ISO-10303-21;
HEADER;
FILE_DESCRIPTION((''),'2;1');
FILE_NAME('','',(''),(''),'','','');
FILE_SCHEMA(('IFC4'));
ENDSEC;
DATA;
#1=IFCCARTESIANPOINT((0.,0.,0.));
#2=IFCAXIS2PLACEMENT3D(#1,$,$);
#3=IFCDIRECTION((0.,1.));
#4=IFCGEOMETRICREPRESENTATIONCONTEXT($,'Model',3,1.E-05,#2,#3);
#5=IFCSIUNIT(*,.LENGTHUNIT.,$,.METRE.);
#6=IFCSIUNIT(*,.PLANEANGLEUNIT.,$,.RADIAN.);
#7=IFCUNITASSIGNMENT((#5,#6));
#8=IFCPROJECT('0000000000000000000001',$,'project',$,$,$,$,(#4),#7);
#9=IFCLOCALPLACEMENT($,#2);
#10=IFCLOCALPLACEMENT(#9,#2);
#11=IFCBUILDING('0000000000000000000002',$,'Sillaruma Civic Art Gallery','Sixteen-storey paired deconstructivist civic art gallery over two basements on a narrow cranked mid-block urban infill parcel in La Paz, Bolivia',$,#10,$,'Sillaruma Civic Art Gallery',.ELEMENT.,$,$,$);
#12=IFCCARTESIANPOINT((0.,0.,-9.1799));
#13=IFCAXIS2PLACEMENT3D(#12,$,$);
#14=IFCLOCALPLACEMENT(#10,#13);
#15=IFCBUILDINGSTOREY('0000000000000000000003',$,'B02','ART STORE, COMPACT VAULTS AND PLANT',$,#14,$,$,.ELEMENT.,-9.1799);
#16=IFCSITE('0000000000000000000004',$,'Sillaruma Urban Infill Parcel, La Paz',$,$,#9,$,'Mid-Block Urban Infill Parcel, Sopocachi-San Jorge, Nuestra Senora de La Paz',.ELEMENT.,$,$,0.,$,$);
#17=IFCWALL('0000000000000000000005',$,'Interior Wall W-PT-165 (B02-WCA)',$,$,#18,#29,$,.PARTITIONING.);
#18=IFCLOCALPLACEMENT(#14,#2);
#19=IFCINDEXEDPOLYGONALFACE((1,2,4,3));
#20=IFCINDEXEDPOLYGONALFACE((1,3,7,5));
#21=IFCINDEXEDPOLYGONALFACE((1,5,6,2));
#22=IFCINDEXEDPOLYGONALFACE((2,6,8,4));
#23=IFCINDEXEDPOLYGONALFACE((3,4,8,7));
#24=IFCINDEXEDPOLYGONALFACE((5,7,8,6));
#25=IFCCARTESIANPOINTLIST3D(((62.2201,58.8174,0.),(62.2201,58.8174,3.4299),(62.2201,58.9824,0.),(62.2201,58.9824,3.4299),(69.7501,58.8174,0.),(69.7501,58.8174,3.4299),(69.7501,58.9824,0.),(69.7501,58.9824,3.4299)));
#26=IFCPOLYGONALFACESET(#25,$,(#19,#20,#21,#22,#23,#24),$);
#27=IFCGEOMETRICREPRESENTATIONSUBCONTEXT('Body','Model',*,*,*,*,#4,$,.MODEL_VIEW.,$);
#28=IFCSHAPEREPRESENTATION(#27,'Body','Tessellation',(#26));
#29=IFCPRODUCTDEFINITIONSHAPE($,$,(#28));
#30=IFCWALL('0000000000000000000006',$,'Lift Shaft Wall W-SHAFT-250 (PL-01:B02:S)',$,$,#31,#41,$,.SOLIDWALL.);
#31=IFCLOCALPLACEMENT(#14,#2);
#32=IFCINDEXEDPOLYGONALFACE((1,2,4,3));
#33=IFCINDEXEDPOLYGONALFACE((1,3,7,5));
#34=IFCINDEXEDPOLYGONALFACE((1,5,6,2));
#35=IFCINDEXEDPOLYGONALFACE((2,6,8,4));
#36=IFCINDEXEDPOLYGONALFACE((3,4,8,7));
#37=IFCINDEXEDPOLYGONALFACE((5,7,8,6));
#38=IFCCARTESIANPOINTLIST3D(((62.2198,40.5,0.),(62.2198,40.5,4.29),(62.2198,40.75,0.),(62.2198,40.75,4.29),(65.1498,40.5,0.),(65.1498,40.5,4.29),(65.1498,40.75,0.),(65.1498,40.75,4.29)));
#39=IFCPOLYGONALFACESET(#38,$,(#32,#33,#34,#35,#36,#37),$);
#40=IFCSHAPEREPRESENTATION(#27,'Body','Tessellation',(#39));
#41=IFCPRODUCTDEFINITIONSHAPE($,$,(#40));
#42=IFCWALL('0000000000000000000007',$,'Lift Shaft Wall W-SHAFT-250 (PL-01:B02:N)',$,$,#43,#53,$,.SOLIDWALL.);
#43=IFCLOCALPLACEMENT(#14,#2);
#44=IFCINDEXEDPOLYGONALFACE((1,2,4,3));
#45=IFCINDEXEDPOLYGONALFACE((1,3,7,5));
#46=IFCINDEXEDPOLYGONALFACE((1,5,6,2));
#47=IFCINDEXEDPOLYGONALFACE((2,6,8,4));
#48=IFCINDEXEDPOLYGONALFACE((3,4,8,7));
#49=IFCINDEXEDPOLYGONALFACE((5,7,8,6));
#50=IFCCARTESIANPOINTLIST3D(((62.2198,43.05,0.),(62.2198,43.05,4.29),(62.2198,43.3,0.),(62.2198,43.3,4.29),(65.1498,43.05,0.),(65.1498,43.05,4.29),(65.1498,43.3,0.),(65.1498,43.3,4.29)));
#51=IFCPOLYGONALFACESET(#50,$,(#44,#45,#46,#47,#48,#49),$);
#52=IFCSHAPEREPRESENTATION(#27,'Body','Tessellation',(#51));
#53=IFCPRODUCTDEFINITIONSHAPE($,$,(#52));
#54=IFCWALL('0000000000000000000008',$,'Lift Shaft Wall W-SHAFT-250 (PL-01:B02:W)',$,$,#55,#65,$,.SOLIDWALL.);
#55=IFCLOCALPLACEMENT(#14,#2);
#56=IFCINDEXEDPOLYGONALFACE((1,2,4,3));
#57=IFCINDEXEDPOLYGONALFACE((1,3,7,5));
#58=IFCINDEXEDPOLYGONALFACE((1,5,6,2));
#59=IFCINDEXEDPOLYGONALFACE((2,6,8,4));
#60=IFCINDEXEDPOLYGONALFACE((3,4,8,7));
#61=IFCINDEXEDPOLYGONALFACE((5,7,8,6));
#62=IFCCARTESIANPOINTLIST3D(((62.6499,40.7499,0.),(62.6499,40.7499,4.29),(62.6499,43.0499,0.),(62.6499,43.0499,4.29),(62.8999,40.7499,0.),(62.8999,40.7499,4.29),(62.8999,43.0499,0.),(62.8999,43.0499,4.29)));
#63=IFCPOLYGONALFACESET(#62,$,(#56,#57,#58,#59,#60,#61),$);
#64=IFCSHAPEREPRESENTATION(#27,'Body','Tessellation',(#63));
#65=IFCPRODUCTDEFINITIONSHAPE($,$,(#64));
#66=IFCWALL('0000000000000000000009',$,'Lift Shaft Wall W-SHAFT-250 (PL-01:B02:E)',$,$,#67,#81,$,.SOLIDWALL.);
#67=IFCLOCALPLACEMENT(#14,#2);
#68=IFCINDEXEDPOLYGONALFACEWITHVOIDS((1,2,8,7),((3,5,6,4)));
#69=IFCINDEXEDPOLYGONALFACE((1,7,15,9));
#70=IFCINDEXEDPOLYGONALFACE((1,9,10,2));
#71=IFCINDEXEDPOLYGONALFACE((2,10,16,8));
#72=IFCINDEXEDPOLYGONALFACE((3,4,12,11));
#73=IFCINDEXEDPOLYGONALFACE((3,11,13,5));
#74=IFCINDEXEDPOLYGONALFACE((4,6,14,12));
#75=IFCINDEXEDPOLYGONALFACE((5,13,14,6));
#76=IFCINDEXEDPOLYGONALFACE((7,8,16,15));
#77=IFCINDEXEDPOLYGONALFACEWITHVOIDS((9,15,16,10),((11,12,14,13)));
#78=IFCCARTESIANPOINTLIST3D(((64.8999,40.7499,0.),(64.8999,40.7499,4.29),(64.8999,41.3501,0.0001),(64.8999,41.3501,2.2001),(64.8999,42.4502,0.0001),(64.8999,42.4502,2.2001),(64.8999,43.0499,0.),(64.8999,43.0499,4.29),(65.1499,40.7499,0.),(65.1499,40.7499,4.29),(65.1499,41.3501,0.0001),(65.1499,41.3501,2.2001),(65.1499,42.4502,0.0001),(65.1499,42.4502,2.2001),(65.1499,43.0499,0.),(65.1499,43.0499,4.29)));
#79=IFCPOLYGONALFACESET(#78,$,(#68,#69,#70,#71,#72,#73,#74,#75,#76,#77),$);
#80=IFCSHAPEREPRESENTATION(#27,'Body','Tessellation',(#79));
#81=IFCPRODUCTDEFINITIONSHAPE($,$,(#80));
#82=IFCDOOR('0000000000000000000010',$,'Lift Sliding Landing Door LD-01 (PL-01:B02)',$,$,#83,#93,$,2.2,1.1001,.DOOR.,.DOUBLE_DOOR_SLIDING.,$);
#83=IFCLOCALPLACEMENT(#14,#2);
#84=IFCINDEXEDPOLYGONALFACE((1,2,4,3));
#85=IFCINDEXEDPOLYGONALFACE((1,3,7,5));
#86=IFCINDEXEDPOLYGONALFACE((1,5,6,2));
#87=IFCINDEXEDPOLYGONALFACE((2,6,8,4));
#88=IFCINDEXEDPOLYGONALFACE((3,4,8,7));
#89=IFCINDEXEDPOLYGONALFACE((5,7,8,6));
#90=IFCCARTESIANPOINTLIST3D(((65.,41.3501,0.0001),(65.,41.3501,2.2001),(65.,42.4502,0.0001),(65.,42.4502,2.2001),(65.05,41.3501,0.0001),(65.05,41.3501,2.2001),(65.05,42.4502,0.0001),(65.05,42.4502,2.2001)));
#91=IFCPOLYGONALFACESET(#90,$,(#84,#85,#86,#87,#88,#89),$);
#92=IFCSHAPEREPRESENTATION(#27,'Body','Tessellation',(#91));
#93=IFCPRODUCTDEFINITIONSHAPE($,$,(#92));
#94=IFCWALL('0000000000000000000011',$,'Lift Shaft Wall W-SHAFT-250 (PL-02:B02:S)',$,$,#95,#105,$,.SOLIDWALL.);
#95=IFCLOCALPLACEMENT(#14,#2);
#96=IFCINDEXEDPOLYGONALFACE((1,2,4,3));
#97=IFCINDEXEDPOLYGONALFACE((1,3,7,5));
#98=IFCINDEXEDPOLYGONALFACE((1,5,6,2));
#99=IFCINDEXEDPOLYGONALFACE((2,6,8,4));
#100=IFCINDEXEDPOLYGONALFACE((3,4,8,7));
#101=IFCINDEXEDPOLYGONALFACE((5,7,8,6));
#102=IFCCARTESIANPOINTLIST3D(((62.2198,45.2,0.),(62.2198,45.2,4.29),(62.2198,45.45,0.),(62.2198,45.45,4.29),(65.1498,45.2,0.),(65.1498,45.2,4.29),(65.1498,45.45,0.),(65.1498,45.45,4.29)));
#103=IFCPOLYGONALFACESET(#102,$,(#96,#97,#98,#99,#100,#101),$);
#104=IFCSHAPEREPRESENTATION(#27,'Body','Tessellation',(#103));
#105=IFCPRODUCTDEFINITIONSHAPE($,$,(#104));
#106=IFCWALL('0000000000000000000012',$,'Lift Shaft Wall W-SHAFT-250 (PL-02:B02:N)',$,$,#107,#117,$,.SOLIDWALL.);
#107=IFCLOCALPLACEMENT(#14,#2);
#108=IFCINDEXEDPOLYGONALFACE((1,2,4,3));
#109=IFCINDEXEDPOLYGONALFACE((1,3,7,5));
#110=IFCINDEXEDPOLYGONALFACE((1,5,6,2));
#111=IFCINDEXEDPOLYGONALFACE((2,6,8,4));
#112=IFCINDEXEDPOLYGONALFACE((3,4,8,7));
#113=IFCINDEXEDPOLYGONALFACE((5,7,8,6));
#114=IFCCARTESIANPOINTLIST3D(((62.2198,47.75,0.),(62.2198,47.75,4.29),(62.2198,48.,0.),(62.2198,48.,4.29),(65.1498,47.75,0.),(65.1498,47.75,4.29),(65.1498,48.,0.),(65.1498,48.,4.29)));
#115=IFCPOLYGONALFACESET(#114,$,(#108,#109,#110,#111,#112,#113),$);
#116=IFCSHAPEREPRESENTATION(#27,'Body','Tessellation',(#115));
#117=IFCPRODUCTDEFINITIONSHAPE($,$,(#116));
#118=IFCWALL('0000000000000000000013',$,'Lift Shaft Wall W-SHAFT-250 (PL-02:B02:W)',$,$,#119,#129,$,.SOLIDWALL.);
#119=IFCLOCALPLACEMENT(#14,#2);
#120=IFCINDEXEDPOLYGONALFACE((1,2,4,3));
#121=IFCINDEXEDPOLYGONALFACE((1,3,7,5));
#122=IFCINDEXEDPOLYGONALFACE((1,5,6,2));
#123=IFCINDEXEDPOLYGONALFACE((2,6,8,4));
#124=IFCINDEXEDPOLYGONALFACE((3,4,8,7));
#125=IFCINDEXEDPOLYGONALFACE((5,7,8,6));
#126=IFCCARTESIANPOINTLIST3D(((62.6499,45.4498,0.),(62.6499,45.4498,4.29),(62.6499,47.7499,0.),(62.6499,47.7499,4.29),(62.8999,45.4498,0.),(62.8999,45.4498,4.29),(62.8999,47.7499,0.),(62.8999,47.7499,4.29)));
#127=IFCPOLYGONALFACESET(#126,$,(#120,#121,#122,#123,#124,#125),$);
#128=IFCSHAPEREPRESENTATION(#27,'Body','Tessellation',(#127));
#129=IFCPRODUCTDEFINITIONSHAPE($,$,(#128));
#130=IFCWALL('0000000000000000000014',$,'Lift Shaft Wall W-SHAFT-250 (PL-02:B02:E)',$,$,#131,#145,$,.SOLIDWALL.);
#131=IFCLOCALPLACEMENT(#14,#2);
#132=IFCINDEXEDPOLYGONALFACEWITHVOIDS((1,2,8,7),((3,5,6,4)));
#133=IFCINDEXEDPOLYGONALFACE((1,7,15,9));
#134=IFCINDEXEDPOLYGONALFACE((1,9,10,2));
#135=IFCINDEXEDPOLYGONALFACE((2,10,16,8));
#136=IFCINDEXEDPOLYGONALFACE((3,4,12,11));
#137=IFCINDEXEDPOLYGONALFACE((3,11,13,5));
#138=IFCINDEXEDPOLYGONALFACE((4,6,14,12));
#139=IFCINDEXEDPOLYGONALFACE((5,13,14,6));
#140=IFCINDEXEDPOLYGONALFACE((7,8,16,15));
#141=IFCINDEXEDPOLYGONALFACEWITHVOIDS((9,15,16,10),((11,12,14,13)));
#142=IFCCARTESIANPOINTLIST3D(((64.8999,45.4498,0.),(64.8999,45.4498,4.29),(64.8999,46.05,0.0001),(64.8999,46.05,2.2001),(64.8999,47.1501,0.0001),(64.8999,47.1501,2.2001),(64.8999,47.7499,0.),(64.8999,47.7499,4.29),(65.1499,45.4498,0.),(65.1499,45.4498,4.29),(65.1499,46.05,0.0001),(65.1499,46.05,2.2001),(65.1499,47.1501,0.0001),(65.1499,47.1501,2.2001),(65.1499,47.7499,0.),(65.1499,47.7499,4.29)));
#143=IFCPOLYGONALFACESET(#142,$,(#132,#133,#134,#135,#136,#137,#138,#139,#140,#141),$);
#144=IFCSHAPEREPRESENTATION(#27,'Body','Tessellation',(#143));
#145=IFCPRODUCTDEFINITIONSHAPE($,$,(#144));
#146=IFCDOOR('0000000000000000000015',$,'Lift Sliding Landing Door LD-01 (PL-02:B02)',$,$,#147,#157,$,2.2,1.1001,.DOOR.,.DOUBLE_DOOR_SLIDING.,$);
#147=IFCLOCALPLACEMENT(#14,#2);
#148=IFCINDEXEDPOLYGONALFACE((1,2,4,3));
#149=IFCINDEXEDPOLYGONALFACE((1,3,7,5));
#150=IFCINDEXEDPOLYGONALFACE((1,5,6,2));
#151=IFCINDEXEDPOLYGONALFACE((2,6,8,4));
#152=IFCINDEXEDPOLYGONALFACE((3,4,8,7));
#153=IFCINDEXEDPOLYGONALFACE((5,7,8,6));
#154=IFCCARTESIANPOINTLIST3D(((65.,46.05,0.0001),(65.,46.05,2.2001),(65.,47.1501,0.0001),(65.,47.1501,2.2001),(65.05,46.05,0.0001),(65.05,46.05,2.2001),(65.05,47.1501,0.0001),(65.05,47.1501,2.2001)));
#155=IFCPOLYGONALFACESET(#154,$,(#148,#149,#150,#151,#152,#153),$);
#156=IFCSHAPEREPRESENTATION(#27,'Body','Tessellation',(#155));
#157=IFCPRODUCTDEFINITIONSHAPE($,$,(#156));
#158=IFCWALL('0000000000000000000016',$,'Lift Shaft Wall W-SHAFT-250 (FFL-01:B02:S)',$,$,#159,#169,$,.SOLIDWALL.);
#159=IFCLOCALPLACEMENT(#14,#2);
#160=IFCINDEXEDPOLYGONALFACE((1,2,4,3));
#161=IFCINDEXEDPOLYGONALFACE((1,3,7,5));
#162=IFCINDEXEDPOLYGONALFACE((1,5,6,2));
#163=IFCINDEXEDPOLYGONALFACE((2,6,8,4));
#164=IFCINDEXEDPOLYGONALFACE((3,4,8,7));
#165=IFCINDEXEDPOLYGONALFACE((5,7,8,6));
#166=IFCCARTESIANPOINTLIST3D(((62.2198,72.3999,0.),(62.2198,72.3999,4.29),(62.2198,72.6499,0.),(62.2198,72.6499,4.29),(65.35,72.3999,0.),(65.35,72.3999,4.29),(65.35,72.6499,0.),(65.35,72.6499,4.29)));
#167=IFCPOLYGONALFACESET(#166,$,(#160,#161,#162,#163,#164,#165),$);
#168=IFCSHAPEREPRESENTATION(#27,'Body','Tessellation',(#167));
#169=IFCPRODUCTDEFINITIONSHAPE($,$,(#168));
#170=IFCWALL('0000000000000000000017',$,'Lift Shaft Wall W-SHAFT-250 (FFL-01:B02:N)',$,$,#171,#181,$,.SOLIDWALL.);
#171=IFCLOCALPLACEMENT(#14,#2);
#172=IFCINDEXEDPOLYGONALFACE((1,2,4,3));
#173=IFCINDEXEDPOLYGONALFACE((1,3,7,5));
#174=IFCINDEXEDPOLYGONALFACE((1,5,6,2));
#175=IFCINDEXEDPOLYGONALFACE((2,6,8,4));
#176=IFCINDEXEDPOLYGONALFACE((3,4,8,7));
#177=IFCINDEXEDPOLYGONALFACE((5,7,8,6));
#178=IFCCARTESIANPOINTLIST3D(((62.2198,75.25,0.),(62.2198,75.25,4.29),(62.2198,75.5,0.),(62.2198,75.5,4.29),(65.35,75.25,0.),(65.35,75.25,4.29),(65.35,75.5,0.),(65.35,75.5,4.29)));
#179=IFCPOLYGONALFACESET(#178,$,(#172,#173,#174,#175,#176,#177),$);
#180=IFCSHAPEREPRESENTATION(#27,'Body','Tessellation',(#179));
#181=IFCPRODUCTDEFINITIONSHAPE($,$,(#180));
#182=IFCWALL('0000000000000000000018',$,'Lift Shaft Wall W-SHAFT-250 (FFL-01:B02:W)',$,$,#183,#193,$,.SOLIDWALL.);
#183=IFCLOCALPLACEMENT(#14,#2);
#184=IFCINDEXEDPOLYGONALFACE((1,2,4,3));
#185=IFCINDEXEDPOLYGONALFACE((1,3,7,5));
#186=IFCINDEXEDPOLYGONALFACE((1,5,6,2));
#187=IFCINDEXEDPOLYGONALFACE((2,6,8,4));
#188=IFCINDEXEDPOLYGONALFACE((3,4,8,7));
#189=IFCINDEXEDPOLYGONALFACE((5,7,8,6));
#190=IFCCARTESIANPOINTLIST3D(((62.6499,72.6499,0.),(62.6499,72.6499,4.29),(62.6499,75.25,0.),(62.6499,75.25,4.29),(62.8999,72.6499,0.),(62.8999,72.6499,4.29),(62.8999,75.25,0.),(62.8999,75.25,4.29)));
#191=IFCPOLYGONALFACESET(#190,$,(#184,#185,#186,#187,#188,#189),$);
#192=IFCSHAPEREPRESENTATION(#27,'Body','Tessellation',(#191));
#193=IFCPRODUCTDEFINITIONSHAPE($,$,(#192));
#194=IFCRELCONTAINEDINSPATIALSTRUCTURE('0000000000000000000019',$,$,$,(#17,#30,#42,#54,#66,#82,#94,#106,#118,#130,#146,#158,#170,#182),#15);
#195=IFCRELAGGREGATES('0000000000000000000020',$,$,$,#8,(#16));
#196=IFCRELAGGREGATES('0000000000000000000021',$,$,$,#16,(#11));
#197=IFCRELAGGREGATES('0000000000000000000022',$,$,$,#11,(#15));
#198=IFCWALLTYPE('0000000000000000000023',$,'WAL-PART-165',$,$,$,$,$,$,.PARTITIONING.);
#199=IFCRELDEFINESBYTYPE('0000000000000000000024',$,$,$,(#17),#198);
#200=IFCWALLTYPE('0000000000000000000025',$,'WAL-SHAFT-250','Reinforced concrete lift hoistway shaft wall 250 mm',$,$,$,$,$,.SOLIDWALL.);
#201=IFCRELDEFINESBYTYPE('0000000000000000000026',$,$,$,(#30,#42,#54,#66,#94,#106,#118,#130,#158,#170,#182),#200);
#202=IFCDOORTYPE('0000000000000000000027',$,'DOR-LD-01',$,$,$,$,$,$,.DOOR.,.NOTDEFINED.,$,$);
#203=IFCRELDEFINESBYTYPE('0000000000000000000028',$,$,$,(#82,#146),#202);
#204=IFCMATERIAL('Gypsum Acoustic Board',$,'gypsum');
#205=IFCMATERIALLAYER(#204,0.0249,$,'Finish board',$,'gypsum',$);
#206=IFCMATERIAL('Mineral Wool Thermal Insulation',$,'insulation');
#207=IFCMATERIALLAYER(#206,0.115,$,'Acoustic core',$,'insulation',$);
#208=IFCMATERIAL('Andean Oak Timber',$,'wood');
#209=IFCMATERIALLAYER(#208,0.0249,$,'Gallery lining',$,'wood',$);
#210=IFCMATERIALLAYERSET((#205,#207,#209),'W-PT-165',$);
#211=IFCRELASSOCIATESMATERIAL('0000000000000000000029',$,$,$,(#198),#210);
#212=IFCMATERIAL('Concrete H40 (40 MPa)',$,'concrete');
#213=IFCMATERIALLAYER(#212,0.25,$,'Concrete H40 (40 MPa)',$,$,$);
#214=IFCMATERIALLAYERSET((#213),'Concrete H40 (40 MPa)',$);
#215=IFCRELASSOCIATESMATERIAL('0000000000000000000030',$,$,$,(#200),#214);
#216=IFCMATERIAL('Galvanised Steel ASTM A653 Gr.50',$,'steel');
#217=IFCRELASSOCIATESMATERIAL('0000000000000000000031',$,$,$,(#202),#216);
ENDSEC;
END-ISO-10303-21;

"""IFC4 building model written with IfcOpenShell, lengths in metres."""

from ifc_helpers import new_model, si_unit, direction, frame, frame_2d, origin, place, context, subcontext, project, spatial, rectangle, extrude, material, layer, layer_set, type_object, element, fill, save


model = new_model("IFC4")

# Units and contexts
model_context = context("Model", 3, precision=1e-05, world=origin(), true_north=direction((0.0, 1.0)))
body_context = subcontext(model_context, "Body", "Model", "MODEL_VIEW")
ifc_project = project(units=[si_unit("LENGTHUNIT", "METRE"), si_unit("PLANEANGLEUNIT", "RADIAN")], contexts=[model_context])

# Site, building, storey
site_placement = place(None, origin())
site = spatial("IfcSite", under=ifc_project, at=site_placement, Name="Sillaruma Urban Infill Parcel, La Paz", LongName="Mid-Block Urban Infill Parcel, Sopocachi-San Jorge, Nuestra Senora de La Paz", CompositionType="ELEMENT", RefElevation=0.0)
building_placement = place(site_placement, origin())
building = spatial("IfcBuilding", under=site, at=building_placement, Name="Sillaruma Civic Art Gallery", Description="Sixteen-storey paired deconstructivist civic art gallery over two basements on a narrow cranked mid-block urban infill parcel in La Paz, Bolivia", LongName="Sillaruma Civic Art Gallery", CompositionType="ELEMENT")
storey_placement = place(building_placement, frame((0.0, 0.0, -9.1799)))
storey = spatial("IfcBuildingStorey", under=building, at=storey_placement, Name="B02", Description="ART STORE, COMPACT VAULTS AND PLANT", CompositionType="ELEMENT", Elevation=-9.1799)

# Shared definitions
ifc_material_1 = material(Name="Concrete H40 (40 MPa)", Category="concrete")

# Walls
ifc_material_2 = material(Name="Gypsum Acoustic Board", Category="gypsum")
ifc_material_3 = material(Name="Mineral Wool Thermal Insulation", Category="insulation")
ifc_material_4 = material(Name="Andean Oak Timber", Category="wood")
ifc_layer_1 = layer(ifc_material_2, 0.0249, Name="Finish board", Category="gypsum")
ifc_layer_2 = layer(ifc_material_3, 0.115, Name="Acoustic core", Category="insulation")
ifc_layer_3 = layer(ifc_material_4, 0.0249, Name="Gallery lining", Category="wood")
ifc_layer_set_1 = layer_set([ifc_layer_1, ifc_layer_2, ifc_layer_3], Name="W-PT-165")
wall_type_1 = type_object("IfcWallType", Name="WAL-PART-165", PredefinedType="PARTITIONING", material=ifc_layer_set_1)
wall_1_placement = place(storey_placement, frame((62.22, 58.8999, 0.0), z_axis=(0.0, 0.0, 1.0), x_axis=(1.0, 0.0, 0.0)))
element("IfcWall", 1, at=wall_1_placement, inside=storey, type_object=wall_type_1, Name="Interior Wall W-PT-165 (B02-WCA)", PredefinedType="PARTITIONING", context=body_context, shape_type="SweptSolid", body=[
    extrude(rectangle(XDim=7.53, YDim=0.165, at=frame_2d((3.7651, 0.0))), origin(), (0.0, 0.0, 1.0), 3.4299),
])
ifc_layer_4 = layer(ifc_material_1, 0.25, Name="Concrete H40 (40 MPa)")
ifc_layer_set_2 = layer_set([ifc_layer_4], Name="Concrete H40 (40 MPa)")
wall_type_2 = type_object("IfcWallType", Name="WAL-SHAFT-250", Description="Reinforced concrete lift hoistway shaft wall 250 mm", PredefinedType="SOLIDWALL", material=ifc_layer_set_2)
for number, where, z_axis, x_axis, name in (
    (2, (62.22, 40.625, 0.0), (0.0, 0.0, 1.0), (1.0, 0.0, 0.0), "Lift Shaft Wall W-SHAFT-250 (PL-01:B02:S)"),
    (3, (62.22, 43.175, 0.0), (0.0, 0.0, 1.0), (1.0, 0.0, 0.0), "Lift Shaft Wall W-SHAFT-250 (PL-01:B02:N)"),
):
    element("IfcWall", number, at=place(storey_placement, frame(where, z_axis=z_axis, x_axis=x_axis)), inside=storey, type_object=wall_type_2, Name=name, PredefinedType="SOLIDWALL", context=body_context, shape_type="SweptSolid", body=[
        extrude(rectangle(XDim=2.9299, YDim=0.25, at=frame_2d((1.4648, 0.0))), origin(), (0.0, 0.0, 1.0), 4.29),
    ])
wall_2_placement = place(storey_placement, frame((62.7749, 40.75, 0.0), z_axis=(0.0, 0.0, 1.0), x_axis=(0.0, 1.0, 0.0)))
element("IfcWall", 4, at=wall_2_placement, inside=storey, type_object=wall_type_2, Name="Lift Shaft Wall W-SHAFT-250 (PL-01:B02:W)", PredefinedType="SOLIDWALL", context=body_context, shape_type="SweptSolid", body=[
    extrude(rectangle(XDim=2.3, YDim=0.25, at=frame_2d((1.1499, 0.0))), origin(), (0.0, 0.0, 1.0), 4.29),
])

# Wall, opening, door
wall_3_placement = place(storey_placement, frame((65.0249, 40.75, 0.0), z_axis=(0.0, 0.0, 1.0), x_axis=(0.0, 1.0, 0.0)))
wall_3 = element("IfcWall", 5, at=wall_3_placement, inside=storey, type_object=wall_type_2, Name="Lift Shaft Wall W-SHAFT-250 (PL-01:B02:E)", PredefinedType="SOLIDWALL", context=body_context, shape_type="SweptSolid", body=[
    extrude(rectangle(XDim=2.3, YDim=0.25, at=frame_2d((1.1499, 0.0))), origin(), (0.0, 0.0, 1.0), 4.29),
])
opening_1_placement = place(wall_3_placement, frame((0.6001, 0.0, 0.0)))
opening_1 = element("IfcOpeningElement", 6, at=opening_1_placement, cuts=wall_3, PredefinedType="OPENING", context=body_context, shape_type="SweptSolid", body=[
    extrude(rectangle(XDim=1.1001, YDim=2.2, at=frame_2d((0.55, 1.1001))), frame((0.0, 0.135, 0.0), z_axis=(0.0, -1.0, 0.0), x_axis=(1.0, 0.0, 0.0)), (0.0, 0.0, 1.0), 0.27),
])
ifc_material_5 = material(Name="Galvanised Steel ASTM A653 Gr.50", Category="steel")
door_type = type_object("IfcDoorType", Name="DOR-LD-01", OperationType="NOTDEFINED", PredefinedType="DOOR", material=ifc_material_5)
door_1_placement = place(opening_1_placement, origin())
door_1 = element("IfcDoor", 7, at=door_1_placement, inside=storey, type_object=door_type, Name="Lift Sliding Landing Door LD-01 (PL-01:B02)", OperationType="DOUBLE_DOOR_SLIDING", OverallHeight=2.2, OverallWidth=1.1001, PredefinedType="DOOR", context=body_context, shape_type="SweptSolid", body=[
    extrude(rectangle(XDim=1.1001, YDim=2.2, at=frame_2d((0.55, 1.1001))), frame((0.0, 0.0249, 0.0), z_axis=(0.0, -1.0, 0.0), x_axis=(1.0, 0.0, 0.0)), (0.0, 0.0, 1.0), 0.05),
])
fill(opening_1, door_1)

# Walls
for number, where, z_axis, x_axis, name in (
    (8, (62.22, 45.325, 0.0), (0.0, 0.0, 1.0), (1.0, 0.0, 0.0), "Lift Shaft Wall W-SHAFT-250 (PL-02:B02:S)"),
    (9, (62.22, 47.875, 0.0), (0.0, 0.0, 1.0), (1.0, 0.0, 0.0), "Lift Shaft Wall W-SHAFT-250 (PL-02:B02:N)"),
):
    element("IfcWall", number, at=place(storey_placement, frame(where, z_axis=z_axis, x_axis=x_axis)), inside=storey, type_object=wall_type_2, Name=name, PredefinedType="SOLIDWALL", context=body_context, shape_type="SweptSolid", body=[
        extrude(rectangle(XDim=2.9299, YDim=0.25, at=frame_2d((1.4648, 0.0))), origin(), (0.0, 0.0, 1.0), 4.29),
    ])
wall_4_placement = place(storey_placement, frame((62.7749, 45.45, 0.0), z_axis=(0.0, 0.0, 1.0), x_axis=(0.0, 1.0, 0.0)))
element("IfcWall", 10, at=wall_4_placement, inside=storey, type_object=wall_type_2, Name="Lift Shaft Wall W-SHAFT-250 (PL-02:B02:W)", PredefinedType="SOLIDWALL", context=body_context, shape_type="SweptSolid", body=[
    extrude(rectangle(XDim=2.3, YDim=0.25, at=frame_2d((1.1499, 0.0))), origin(), (0.0, 0.0, 1.0), 4.29),
])

# Wall, opening, door
wall_5_placement = place(storey_placement, frame((65.0249, 45.45, 0.0), z_axis=(0.0, 0.0, 1.0), x_axis=(0.0, 1.0, 0.0)))
wall_5 = element("IfcWall", 11, at=wall_5_placement, inside=storey, type_object=wall_type_2, Name="Lift Shaft Wall W-SHAFT-250 (PL-02:B02:E)", PredefinedType="SOLIDWALL", context=body_context, shape_type="SweptSolid", body=[
    extrude(rectangle(XDim=2.3, YDim=0.25, at=frame_2d((1.1499, 0.0))), origin(), (0.0, 0.0, 1.0), 4.29),
])
opening_2_placement = place(wall_5_placement, frame((0.6001, 0.0, 0.0)))
opening_2 = element("IfcOpeningElement", 12, at=opening_2_placement, cuts=wall_5, PredefinedType="OPENING", context=body_context, shape_type="SweptSolid", body=[
    extrude(rectangle(XDim=1.1001, YDim=2.2, at=frame_2d((0.55, 1.1001))), frame((0.0, 0.135, 0.0), z_axis=(0.0, -1.0, 0.0), x_axis=(1.0, 0.0, 0.0)), (0.0, 0.0, 1.0), 0.27),
])
door_2_placement = place(opening_2_placement, origin())
door_2 = element("IfcDoor", 13, at=door_2_placement, inside=storey, type_object=door_type, Name="Lift Sliding Landing Door LD-01 (PL-02:B02)", OperationType="DOUBLE_DOOR_SLIDING", OverallHeight=2.2, OverallWidth=1.1001, PredefinedType="DOOR", context=body_context, shape_type="SweptSolid", body=[
    extrude(rectangle(XDim=1.1001, YDim=2.2, at=frame_2d((0.55, 1.1001))), frame((0.0, 0.0249, 0.0), z_axis=(0.0, -1.0, 0.0), x_axis=(1.0, 0.0, 0.0)), (0.0, 0.0, 1.0), 0.05),
])
fill(opening_2, door_2)

# Walls
for number, where, z_axis, x_axis, name in (
    (14, (62.22, 72.5249, 0.0), (0.0, 0.0, 1.0), (1.0, 0.0, 0.0), "Lift Shaft Wall W-SHAFT-250 (FFL-01:B02:S)"),
    (15, (62.22, 75.375, 0.0), (0.0, 0.0, 1.0), (1.0, 0.0, 0.0), "Lift Shaft Wall W-SHAFT-250 (FFL-01:B02:N)"),
):
    element("IfcWall", number, at=place(storey_placement, frame(where, z_axis=z_axis, x_axis=x_axis)), inside=storey, type_object=wall_type_2, Name=name, PredefinedType="SOLIDWALL", context=body_context, shape_type="SweptSolid", body=[
        extrude(rectangle(XDim=3.1301, YDim=0.25, at=frame_2d((1.5649, 0.0))), origin(), (0.0, 0.0, 1.0), 4.29),
    ])
wall_6_placement = place(storey_placement, frame((62.7749, 72.6499, 0.0), z_axis=(0.0, 0.0, 1.0), x_axis=(0.0, 1.0, 0.0)))
element("IfcWall", 16, at=wall_6_placement, inside=storey, type_object=wall_type_2, Name="Lift Shaft Wall W-SHAFT-250 (FFL-01:B02:W)", PredefinedType="SOLIDWALL", context=body_context, shape_type="SweptSolid", body=[
    extrude(rectangle(XDim=2.6001, YDim=0.25, at=frame_2d((1.3, 0.0))), origin(), (0.0, 0.0, 1.0), 4.29),
])

save(model, "model.ifc")
